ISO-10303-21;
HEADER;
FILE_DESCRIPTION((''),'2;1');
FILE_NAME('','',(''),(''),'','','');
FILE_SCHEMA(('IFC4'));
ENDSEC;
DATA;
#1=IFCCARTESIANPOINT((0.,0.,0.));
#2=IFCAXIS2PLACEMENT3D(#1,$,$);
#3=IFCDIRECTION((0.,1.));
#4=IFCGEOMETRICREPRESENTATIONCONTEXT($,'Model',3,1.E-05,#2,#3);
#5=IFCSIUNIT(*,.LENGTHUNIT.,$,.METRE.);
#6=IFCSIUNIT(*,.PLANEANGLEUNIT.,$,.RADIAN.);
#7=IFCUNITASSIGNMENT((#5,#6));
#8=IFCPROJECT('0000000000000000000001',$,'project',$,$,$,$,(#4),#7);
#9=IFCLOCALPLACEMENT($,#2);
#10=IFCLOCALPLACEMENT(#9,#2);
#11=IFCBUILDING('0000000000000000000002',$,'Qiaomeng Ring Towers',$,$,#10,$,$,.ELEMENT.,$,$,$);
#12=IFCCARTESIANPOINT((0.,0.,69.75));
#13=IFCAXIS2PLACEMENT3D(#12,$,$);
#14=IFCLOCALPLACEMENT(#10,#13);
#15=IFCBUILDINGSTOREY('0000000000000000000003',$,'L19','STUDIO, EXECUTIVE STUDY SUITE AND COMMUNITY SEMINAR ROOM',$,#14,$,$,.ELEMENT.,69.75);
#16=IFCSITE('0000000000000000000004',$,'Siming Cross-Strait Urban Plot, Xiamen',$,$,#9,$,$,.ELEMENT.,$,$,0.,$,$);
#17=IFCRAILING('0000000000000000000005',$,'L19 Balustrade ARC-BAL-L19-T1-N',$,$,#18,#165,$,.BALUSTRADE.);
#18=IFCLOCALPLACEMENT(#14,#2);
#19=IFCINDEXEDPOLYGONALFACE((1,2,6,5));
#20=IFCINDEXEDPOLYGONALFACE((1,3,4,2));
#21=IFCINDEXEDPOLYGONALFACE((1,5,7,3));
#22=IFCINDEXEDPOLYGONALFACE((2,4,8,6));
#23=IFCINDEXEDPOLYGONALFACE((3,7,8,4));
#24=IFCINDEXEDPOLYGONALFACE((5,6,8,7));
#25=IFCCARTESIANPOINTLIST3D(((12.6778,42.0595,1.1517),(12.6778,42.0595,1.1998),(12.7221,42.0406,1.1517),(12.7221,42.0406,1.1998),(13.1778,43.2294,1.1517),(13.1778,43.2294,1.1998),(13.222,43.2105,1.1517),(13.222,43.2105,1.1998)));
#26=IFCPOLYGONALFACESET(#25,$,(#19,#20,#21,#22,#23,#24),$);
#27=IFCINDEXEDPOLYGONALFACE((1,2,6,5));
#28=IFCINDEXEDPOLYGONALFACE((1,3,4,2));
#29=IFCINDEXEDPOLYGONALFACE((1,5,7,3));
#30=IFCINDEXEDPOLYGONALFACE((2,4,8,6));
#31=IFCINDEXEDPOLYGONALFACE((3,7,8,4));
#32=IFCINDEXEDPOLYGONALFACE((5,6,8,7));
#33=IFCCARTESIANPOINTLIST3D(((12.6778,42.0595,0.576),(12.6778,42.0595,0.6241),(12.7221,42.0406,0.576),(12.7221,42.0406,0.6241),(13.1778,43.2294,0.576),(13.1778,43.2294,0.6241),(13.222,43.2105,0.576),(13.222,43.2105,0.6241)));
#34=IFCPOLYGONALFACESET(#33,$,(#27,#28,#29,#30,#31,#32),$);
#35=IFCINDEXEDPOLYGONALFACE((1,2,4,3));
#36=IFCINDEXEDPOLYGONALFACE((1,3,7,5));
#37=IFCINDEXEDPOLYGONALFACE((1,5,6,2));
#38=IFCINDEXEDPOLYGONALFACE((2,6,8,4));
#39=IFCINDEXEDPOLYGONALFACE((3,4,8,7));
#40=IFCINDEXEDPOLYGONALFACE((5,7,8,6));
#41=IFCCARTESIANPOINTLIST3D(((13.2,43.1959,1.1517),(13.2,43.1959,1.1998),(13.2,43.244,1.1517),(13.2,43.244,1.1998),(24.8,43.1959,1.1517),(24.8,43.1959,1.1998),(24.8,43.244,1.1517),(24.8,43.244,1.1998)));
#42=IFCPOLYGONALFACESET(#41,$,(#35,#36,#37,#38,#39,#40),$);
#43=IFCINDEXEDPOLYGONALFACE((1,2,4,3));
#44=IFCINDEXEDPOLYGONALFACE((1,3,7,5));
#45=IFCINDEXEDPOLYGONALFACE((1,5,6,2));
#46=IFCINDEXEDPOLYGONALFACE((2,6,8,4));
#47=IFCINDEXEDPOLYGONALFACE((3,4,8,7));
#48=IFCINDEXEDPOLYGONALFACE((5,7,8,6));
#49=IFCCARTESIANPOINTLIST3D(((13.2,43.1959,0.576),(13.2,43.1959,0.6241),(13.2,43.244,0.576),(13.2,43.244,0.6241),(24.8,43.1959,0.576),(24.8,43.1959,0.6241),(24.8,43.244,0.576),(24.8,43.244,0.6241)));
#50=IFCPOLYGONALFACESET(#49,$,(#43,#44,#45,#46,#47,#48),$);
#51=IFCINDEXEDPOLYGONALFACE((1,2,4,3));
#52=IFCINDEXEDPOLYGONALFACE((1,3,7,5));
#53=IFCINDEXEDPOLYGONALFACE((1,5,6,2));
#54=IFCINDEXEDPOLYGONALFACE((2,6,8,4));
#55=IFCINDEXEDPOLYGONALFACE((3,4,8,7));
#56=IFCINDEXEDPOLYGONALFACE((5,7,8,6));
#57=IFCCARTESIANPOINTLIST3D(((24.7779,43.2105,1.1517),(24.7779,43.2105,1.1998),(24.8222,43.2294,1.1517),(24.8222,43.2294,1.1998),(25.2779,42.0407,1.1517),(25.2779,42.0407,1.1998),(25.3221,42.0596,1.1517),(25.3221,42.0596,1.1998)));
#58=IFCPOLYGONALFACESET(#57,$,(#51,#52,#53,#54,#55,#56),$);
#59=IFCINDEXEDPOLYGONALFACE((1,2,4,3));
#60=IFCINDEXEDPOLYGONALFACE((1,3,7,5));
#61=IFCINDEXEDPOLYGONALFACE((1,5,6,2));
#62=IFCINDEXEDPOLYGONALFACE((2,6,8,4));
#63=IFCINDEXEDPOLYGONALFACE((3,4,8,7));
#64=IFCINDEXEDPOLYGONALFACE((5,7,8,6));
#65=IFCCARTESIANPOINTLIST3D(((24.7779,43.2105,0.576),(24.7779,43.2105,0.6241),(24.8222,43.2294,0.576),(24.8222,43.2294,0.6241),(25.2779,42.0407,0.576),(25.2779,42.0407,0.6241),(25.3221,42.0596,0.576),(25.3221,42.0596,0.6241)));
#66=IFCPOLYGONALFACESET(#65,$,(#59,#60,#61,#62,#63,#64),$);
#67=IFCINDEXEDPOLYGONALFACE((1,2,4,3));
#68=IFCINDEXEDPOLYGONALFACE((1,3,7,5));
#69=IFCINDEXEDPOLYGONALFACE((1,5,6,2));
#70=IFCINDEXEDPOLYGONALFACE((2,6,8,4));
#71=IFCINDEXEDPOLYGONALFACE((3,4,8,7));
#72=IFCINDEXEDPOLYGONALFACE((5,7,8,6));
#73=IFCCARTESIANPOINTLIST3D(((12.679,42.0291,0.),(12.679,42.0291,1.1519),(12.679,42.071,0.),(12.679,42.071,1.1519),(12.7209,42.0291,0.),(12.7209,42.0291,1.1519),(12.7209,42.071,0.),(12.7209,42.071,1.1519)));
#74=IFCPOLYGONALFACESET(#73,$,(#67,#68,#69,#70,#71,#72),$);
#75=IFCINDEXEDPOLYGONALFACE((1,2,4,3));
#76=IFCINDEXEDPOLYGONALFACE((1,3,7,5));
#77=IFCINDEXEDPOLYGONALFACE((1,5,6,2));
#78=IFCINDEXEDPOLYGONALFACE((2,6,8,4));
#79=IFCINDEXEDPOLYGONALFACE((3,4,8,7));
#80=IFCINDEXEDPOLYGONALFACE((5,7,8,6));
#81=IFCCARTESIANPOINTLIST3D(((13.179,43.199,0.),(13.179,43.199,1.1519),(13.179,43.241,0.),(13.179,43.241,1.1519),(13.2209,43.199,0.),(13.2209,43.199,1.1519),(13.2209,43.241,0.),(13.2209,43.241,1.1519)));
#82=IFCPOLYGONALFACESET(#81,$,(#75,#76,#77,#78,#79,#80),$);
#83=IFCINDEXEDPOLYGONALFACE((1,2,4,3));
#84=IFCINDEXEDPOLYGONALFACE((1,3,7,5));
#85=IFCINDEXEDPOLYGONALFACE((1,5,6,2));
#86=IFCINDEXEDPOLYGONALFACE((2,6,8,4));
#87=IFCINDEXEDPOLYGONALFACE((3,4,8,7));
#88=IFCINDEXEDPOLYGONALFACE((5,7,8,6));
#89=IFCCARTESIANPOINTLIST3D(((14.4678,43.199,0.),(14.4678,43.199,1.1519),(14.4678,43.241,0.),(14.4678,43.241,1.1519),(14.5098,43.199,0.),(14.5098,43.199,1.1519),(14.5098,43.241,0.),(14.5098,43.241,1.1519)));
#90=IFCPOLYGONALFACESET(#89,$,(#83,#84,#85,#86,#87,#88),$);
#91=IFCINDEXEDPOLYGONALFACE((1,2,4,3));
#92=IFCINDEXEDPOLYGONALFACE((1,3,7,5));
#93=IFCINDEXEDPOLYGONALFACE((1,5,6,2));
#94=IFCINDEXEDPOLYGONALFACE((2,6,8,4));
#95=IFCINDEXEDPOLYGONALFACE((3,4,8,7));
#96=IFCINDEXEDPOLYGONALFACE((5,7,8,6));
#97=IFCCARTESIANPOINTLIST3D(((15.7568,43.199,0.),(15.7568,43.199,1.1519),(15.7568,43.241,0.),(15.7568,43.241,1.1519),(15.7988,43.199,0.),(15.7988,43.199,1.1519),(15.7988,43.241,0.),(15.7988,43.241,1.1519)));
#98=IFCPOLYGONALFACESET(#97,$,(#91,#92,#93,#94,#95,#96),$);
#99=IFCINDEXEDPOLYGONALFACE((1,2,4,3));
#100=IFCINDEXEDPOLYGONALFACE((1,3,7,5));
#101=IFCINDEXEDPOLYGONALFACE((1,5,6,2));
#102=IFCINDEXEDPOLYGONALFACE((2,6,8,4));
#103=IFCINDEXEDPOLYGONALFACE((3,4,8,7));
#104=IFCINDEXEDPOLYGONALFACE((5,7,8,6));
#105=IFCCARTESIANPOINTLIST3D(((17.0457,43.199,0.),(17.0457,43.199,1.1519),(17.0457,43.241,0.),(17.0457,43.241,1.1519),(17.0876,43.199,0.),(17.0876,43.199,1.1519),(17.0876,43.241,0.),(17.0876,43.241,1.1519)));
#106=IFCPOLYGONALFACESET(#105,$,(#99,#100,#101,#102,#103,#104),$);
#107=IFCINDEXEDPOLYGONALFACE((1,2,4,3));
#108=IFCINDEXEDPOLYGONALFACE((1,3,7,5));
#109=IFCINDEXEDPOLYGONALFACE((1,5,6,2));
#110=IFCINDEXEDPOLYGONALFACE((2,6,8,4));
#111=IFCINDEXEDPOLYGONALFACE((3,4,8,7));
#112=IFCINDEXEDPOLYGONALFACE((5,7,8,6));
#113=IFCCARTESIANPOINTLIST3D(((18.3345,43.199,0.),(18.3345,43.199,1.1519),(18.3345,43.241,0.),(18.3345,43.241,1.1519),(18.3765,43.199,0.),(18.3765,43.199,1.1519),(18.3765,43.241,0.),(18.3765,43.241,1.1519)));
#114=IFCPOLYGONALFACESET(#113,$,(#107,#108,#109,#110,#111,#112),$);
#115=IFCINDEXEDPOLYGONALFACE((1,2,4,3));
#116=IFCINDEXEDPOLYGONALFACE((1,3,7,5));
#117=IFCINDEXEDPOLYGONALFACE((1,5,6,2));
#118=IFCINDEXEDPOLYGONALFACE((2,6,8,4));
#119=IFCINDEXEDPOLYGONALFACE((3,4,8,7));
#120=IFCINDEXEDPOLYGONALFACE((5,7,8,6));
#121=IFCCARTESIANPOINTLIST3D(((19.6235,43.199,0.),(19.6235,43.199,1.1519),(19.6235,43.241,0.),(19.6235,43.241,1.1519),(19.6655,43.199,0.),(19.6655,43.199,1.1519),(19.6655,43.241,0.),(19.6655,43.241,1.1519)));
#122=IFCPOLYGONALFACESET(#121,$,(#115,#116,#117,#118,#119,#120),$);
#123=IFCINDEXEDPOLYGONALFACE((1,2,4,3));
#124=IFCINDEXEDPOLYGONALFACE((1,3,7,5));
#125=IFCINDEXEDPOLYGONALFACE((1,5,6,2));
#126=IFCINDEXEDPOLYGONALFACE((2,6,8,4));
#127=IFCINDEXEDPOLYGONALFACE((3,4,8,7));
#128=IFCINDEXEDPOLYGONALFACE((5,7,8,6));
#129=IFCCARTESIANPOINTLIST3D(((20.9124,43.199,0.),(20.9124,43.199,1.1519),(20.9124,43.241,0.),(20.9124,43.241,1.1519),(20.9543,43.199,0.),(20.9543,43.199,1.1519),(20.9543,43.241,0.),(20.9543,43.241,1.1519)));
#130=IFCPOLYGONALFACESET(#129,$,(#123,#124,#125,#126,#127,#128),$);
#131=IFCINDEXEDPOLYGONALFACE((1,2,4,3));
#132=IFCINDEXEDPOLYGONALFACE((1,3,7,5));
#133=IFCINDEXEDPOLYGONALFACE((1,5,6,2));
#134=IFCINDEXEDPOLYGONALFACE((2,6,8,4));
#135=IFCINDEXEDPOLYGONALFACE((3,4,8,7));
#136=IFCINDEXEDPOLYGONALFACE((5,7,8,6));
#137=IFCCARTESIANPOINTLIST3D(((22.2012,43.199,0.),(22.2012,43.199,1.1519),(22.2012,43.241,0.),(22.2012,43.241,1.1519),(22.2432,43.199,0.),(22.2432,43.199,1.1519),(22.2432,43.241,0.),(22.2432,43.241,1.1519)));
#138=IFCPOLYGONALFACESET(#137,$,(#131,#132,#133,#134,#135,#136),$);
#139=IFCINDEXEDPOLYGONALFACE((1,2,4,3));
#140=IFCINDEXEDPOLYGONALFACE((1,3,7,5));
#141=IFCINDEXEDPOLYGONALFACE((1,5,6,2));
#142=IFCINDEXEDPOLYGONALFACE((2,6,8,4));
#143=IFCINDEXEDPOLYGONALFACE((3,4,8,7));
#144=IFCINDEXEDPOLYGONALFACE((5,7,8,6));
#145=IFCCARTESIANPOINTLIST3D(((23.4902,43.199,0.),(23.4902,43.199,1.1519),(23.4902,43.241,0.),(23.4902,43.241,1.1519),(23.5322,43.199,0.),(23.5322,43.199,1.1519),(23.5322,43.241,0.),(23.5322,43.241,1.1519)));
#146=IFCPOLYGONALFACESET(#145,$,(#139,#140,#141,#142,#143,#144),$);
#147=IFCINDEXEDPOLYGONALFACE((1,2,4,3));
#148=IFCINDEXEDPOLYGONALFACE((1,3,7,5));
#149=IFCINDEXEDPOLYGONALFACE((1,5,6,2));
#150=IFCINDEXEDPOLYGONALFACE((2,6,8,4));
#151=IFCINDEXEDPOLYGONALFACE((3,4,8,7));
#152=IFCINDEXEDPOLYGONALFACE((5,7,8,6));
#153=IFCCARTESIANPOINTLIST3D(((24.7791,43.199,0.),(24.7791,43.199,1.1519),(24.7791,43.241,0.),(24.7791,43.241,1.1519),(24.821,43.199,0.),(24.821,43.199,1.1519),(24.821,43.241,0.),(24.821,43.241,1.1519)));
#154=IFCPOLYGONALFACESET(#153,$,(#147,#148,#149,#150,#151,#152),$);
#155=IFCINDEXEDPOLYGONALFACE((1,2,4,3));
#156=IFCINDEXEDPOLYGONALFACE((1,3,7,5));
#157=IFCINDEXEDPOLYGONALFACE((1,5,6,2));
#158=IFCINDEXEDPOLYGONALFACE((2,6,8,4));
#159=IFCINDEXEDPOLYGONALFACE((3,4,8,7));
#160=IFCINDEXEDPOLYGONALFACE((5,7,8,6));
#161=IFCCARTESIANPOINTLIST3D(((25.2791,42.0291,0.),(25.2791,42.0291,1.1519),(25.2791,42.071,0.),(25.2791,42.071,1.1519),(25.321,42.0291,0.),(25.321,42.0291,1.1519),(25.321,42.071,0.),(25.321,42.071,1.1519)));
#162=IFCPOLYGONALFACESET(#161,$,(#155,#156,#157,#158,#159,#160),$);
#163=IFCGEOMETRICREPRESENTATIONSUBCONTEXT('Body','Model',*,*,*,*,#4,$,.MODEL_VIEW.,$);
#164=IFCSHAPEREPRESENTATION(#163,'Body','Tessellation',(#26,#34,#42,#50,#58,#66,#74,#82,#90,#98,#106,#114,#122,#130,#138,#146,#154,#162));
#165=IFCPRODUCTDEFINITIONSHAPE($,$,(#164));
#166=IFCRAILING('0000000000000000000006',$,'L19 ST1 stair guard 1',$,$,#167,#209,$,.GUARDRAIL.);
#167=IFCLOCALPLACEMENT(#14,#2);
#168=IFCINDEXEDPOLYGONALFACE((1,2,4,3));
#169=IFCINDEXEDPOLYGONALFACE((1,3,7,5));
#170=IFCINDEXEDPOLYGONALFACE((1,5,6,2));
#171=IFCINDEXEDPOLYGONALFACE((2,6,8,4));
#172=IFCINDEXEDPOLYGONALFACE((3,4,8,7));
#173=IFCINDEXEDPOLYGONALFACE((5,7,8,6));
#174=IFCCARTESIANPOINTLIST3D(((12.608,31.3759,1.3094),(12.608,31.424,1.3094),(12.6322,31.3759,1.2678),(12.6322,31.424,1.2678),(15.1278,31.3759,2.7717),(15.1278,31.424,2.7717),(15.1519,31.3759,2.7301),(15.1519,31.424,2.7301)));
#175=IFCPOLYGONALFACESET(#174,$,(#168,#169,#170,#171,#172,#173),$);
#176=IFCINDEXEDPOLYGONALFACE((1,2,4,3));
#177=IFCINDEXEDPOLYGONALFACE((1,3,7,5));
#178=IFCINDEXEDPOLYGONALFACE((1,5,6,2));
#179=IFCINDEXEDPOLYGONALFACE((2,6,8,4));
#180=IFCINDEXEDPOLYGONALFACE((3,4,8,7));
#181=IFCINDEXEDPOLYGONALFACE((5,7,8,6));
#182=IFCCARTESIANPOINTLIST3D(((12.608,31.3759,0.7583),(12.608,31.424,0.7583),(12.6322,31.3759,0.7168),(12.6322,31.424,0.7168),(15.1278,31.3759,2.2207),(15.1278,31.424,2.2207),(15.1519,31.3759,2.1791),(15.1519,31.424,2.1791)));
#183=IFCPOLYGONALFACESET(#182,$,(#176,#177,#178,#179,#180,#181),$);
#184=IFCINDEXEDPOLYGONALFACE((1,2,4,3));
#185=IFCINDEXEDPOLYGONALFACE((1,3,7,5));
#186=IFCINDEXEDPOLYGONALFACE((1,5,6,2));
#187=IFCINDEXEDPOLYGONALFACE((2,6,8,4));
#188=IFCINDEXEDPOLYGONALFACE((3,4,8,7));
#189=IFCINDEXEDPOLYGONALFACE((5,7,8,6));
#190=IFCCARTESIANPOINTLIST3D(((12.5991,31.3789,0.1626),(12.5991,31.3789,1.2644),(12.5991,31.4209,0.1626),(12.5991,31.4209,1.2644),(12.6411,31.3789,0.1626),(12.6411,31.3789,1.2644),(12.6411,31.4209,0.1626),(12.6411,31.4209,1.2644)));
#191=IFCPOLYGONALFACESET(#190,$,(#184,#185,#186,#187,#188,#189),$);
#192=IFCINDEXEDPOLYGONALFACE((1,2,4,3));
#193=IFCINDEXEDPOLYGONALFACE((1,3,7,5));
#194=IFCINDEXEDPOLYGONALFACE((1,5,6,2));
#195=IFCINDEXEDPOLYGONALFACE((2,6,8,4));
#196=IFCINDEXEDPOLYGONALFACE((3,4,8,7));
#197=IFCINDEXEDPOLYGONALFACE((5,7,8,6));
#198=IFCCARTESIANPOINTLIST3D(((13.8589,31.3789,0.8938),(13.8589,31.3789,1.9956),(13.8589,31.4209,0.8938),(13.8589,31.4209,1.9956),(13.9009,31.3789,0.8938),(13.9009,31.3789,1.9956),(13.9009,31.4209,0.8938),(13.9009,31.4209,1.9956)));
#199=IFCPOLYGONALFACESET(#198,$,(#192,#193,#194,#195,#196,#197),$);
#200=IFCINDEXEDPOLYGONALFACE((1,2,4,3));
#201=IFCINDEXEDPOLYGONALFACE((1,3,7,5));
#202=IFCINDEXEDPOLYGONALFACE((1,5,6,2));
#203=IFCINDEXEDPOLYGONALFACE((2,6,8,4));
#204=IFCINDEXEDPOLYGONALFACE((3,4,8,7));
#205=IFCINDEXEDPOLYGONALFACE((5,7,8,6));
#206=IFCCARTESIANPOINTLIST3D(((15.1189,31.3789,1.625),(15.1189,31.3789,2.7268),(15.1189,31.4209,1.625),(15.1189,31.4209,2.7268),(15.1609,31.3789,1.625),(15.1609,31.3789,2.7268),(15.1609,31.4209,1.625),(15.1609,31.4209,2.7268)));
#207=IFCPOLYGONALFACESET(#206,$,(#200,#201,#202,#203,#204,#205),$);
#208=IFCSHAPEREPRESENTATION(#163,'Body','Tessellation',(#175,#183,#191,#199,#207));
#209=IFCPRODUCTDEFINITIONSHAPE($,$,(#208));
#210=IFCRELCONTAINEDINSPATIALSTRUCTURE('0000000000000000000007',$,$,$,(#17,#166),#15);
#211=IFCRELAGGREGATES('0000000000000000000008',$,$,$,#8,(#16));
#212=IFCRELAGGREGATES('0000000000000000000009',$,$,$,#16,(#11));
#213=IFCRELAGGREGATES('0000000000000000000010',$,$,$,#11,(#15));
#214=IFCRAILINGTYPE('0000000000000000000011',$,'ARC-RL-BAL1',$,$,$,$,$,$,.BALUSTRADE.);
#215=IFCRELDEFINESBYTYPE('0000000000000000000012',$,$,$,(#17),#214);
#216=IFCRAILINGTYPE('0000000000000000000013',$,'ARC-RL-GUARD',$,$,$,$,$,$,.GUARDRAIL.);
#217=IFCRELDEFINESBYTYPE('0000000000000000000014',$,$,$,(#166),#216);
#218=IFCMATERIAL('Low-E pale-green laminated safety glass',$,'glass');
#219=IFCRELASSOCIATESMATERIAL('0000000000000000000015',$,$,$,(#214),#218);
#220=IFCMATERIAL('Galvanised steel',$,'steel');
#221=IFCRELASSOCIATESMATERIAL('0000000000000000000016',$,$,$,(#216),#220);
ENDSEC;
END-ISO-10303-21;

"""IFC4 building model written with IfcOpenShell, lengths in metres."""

from ifc_helpers import new_model, si_unit, direction, frame, origin, origin_2d, place, context, subcontext, project, spatial, rectangle, extrude, material, type_object, element, save


model = new_model("IFC4")

# Units and contexts
model_context = context("Model", 3, precision=1e-05, world=origin(), true_north=direction((0.0, 1.0)))
body_context = subcontext(model_context, "Body", "Model", "MODEL_VIEW")
ifc_project = project(units=[si_unit("LENGTHUNIT", "METRE"), si_unit("PLANEANGLEUNIT", "RADIAN")], contexts=[model_context])

# Site, building, storey
site_placement = place(None, origin())
site = spatial("IfcSite", under=ifc_project, at=site_placement, Name="Siming Cross-Strait Urban Plot, Xiamen", CompositionType="ELEMENT", RefElevation=0.0)
building_placement = place(site_placement, origin())
building = spatial("IfcBuilding", under=site, at=building_placement, Name="Qiaomeng Ring Towers", CompositionType="ELEMENT")
storey_placement = place(building_placement, frame((0.0, 0.0, 69.75)))
storey = spatial("IfcBuildingStorey", under=building, at=storey_placement, Name="L19", Description="STUDIO, EXECUTIVE STUDY SUITE AND COMMUNITY SEMINAR ROOM", CompositionType="ELEMENT", Elevation=69.75)

# Shared definitions
ifc_material_1 = material(Name="Galvanised steel", Category="steel")

# Railings
ifc_material_2 = material(Name="Low-E pale-green laminated safety glass", Category="glass")
railing_type_1 = type_object("IfcRailingType", Name="ARC-RL-BAL1", PredefinedType="BALUSTRADE", material=ifc_material_2)
railing_1_placement = place(storey_placement, frame((12.7, 42.05, 0.0)))
element("IfcRailing", 1, at=railing_1_placement, inside=storey, type_object=railing_type_1, Name="L19 Balustrade ARC-BAL-L19-T1-N", PredefinedType="BALUSTRADE", context=body_context, shape_type="SweptSolid", body=[
    extrude(rectangle(XDim=0.0481, YDim=0.0481, at=origin_2d()), frame((0.0, 0.0, 1.1758), z_axis=(0.392993, 0.919542, 0.0), x_axis=(-0.919542, 0.392993, 0.0)), (0.0, 0.0, 1.0), 1.2722),
    extrude(rectangle(XDim=0.0481, YDim=0.0481, at=origin_2d()), frame((0.0, 0.0, 0.6001), z_axis=(0.392993, 0.919542, 0.0), x_axis=(-0.919542, 0.392993, 0.0)), (0.0, 0.0, 1.0), 1.2722),
    extrude(rectangle(XDim=0.0481, YDim=0.0481, at=origin_2d()), frame((0.5, 1.1699, 1.1758), z_axis=(1.0, 0.0, 0.0), x_axis=(0.0, 1.0, 0.0)), (0.0, 0.0, 1.0), 11.6001),
    extrude(rectangle(XDim=0.0481, YDim=0.0481, at=origin_2d()), frame((0.5, 1.1699, 0.6001), z_axis=(1.0, 0.0, 0.0), x_axis=(0.0, 1.0, 0.0)), (0.0, 0.0, 1.0), 11.6001),
    extrude(rectangle(XDim=0.0481, YDim=0.0481, at=origin_2d()), frame((12.1001, 1.1699, 1.1758), z_axis=(0.392993, -0.919542, 0.0), x_axis=(0.919542, 0.392993, 0.0)), (0.0, 0.0, 1.0), 1.2722),
    extrude(rectangle(XDim=0.0481, YDim=0.0481, at=origin_2d()), frame((12.1001, 1.1699, 0.6001), z_axis=(0.392993, -0.919542, 0.0), x_axis=(0.919542, 0.392993, 0.0)), (0.0, 0.0, 1.0), 1.2722),
    extrude(rectangle(XDim=0.042, YDim=0.042, at=origin_2d()), origin(), (0.0, 0.0, 1.0), 1.1519),
    extrude(rectangle(XDim=0.042, YDim=0.042, at=origin_2d()), frame((0.5, 1.1699, 0.0)), (0.0, 0.0, 1.0), 1.1519),
    extrude(rectangle(XDim=0.042, YDim=0.042, at=origin_2d()), frame((1.7888, 1.1699, 0.0)), (0.0, 0.0, 1.0), 1.1519),
    extrude(rectangle(XDim=0.042, YDim=0.042, at=origin_2d()), frame((3.0779, 1.1699, 0.0)), (0.0, 0.0, 1.0), 1.1519),
    extrude(rectangle(XDim=0.042, YDim=0.042, at=origin_2d()), frame((4.3667, 1.1699, 0.0)), (0.0, 0.0, 1.0), 1.1519),
    extrude(rectangle(XDim=0.042, YDim=0.042, at=origin_2d()), frame((5.6555, 1.1699, 0.0)), (0.0, 0.0, 1.0), 1.1519),
    extrude(rectangle(XDim=0.042, YDim=0.042, at=origin_2d()), frame((6.9446, 1.1699, 0.0)), (0.0, 0.0, 1.0), 1.1519),
    extrude(rectangle(XDim=0.042, YDim=0.042, at=origin_2d()), frame((8.2334, 1.1699, 0.0)), (0.0, 0.0, 1.0), 1.1519),
    extrude(rectangle(XDim=0.042, YDim=0.042, at=origin_2d()), frame((9.5222, 1.1699, 0.0)), (0.0, 0.0, 1.0), 1.1519),
    extrude(rectangle(XDim=0.042, YDim=0.042, at=origin_2d()), frame((10.8113, 1.1699, 0.0)), (0.0, 0.0, 1.0), 1.1519),
    extrude(rectangle(XDim=0.042, YDim=0.042, at=origin_2d()), frame((12.1001, 1.1699, 0.0)), (0.0, 0.0, 1.0), 1.1519),
    extrude(rectangle(XDim=0.042, YDim=0.042, at=origin_2d()), frame((12.6001, 0.0, 0.0)), (0.0, 0.0, 1.0), 1.1519),
])
railing_type_2 = type_object("IfcRailingType", Name="ARC-RL-GUARD", PredefinedType="GUARDRAIL", material=ifc_material_1)
railing_2_placement = place(storey_placement, frame((12.6201, 31.3999, 0.1626)))
element("IfcRailing", 2, at=railing_2_placement, inside=storey, type_object=railing_type_2, Name="L19 ST1 stair guard 1", PredefinedType="GUARDRAIL", context=body_context, shape_type="SweptSolid", body=[
    extrude(rectangle(XDim=0.0481, YDim=0.0481, at=origin_2d()), frame((0.0, 0.0, 1.126), z_axis=(0.864892, 0.0, 0.501958), x_axis=(0.0, 1.0, 0.0)), (0.0, 0.0, 1.0), 2.9133),
    extrude(rectangle(XDim=0.0481, YDim=0.0481, at=origin_2d()), frame((0.0, 0.0, 0.575), z_axis=(0.864892, 0.0, 0.501958), x_axis=(0.0, 1.0, 0.0)), (0.0, 0.0, 1.0), 2.9133),
    extrude(rectangle(XDim=0.042, YDim=0.042, at=origin_2d()), origin(), (0.0, 0.0, 1.0), 1.1018),
    extrude(rectangle(XDim=0.042, YDim=0.042, at=origin_2d()), frame((1.2598, 0.0, 0.7312)), (0.0, 0.0, 1.0), 1.1018),
    extrude(rectangle(XDim=0.042, YDim=0.042, at=origin_2d()), frame((2.5198, 0.0, 1.4624)), (0.0, 0.0, 1.0), 1.1018),
])

save(model, "model.ifc")
